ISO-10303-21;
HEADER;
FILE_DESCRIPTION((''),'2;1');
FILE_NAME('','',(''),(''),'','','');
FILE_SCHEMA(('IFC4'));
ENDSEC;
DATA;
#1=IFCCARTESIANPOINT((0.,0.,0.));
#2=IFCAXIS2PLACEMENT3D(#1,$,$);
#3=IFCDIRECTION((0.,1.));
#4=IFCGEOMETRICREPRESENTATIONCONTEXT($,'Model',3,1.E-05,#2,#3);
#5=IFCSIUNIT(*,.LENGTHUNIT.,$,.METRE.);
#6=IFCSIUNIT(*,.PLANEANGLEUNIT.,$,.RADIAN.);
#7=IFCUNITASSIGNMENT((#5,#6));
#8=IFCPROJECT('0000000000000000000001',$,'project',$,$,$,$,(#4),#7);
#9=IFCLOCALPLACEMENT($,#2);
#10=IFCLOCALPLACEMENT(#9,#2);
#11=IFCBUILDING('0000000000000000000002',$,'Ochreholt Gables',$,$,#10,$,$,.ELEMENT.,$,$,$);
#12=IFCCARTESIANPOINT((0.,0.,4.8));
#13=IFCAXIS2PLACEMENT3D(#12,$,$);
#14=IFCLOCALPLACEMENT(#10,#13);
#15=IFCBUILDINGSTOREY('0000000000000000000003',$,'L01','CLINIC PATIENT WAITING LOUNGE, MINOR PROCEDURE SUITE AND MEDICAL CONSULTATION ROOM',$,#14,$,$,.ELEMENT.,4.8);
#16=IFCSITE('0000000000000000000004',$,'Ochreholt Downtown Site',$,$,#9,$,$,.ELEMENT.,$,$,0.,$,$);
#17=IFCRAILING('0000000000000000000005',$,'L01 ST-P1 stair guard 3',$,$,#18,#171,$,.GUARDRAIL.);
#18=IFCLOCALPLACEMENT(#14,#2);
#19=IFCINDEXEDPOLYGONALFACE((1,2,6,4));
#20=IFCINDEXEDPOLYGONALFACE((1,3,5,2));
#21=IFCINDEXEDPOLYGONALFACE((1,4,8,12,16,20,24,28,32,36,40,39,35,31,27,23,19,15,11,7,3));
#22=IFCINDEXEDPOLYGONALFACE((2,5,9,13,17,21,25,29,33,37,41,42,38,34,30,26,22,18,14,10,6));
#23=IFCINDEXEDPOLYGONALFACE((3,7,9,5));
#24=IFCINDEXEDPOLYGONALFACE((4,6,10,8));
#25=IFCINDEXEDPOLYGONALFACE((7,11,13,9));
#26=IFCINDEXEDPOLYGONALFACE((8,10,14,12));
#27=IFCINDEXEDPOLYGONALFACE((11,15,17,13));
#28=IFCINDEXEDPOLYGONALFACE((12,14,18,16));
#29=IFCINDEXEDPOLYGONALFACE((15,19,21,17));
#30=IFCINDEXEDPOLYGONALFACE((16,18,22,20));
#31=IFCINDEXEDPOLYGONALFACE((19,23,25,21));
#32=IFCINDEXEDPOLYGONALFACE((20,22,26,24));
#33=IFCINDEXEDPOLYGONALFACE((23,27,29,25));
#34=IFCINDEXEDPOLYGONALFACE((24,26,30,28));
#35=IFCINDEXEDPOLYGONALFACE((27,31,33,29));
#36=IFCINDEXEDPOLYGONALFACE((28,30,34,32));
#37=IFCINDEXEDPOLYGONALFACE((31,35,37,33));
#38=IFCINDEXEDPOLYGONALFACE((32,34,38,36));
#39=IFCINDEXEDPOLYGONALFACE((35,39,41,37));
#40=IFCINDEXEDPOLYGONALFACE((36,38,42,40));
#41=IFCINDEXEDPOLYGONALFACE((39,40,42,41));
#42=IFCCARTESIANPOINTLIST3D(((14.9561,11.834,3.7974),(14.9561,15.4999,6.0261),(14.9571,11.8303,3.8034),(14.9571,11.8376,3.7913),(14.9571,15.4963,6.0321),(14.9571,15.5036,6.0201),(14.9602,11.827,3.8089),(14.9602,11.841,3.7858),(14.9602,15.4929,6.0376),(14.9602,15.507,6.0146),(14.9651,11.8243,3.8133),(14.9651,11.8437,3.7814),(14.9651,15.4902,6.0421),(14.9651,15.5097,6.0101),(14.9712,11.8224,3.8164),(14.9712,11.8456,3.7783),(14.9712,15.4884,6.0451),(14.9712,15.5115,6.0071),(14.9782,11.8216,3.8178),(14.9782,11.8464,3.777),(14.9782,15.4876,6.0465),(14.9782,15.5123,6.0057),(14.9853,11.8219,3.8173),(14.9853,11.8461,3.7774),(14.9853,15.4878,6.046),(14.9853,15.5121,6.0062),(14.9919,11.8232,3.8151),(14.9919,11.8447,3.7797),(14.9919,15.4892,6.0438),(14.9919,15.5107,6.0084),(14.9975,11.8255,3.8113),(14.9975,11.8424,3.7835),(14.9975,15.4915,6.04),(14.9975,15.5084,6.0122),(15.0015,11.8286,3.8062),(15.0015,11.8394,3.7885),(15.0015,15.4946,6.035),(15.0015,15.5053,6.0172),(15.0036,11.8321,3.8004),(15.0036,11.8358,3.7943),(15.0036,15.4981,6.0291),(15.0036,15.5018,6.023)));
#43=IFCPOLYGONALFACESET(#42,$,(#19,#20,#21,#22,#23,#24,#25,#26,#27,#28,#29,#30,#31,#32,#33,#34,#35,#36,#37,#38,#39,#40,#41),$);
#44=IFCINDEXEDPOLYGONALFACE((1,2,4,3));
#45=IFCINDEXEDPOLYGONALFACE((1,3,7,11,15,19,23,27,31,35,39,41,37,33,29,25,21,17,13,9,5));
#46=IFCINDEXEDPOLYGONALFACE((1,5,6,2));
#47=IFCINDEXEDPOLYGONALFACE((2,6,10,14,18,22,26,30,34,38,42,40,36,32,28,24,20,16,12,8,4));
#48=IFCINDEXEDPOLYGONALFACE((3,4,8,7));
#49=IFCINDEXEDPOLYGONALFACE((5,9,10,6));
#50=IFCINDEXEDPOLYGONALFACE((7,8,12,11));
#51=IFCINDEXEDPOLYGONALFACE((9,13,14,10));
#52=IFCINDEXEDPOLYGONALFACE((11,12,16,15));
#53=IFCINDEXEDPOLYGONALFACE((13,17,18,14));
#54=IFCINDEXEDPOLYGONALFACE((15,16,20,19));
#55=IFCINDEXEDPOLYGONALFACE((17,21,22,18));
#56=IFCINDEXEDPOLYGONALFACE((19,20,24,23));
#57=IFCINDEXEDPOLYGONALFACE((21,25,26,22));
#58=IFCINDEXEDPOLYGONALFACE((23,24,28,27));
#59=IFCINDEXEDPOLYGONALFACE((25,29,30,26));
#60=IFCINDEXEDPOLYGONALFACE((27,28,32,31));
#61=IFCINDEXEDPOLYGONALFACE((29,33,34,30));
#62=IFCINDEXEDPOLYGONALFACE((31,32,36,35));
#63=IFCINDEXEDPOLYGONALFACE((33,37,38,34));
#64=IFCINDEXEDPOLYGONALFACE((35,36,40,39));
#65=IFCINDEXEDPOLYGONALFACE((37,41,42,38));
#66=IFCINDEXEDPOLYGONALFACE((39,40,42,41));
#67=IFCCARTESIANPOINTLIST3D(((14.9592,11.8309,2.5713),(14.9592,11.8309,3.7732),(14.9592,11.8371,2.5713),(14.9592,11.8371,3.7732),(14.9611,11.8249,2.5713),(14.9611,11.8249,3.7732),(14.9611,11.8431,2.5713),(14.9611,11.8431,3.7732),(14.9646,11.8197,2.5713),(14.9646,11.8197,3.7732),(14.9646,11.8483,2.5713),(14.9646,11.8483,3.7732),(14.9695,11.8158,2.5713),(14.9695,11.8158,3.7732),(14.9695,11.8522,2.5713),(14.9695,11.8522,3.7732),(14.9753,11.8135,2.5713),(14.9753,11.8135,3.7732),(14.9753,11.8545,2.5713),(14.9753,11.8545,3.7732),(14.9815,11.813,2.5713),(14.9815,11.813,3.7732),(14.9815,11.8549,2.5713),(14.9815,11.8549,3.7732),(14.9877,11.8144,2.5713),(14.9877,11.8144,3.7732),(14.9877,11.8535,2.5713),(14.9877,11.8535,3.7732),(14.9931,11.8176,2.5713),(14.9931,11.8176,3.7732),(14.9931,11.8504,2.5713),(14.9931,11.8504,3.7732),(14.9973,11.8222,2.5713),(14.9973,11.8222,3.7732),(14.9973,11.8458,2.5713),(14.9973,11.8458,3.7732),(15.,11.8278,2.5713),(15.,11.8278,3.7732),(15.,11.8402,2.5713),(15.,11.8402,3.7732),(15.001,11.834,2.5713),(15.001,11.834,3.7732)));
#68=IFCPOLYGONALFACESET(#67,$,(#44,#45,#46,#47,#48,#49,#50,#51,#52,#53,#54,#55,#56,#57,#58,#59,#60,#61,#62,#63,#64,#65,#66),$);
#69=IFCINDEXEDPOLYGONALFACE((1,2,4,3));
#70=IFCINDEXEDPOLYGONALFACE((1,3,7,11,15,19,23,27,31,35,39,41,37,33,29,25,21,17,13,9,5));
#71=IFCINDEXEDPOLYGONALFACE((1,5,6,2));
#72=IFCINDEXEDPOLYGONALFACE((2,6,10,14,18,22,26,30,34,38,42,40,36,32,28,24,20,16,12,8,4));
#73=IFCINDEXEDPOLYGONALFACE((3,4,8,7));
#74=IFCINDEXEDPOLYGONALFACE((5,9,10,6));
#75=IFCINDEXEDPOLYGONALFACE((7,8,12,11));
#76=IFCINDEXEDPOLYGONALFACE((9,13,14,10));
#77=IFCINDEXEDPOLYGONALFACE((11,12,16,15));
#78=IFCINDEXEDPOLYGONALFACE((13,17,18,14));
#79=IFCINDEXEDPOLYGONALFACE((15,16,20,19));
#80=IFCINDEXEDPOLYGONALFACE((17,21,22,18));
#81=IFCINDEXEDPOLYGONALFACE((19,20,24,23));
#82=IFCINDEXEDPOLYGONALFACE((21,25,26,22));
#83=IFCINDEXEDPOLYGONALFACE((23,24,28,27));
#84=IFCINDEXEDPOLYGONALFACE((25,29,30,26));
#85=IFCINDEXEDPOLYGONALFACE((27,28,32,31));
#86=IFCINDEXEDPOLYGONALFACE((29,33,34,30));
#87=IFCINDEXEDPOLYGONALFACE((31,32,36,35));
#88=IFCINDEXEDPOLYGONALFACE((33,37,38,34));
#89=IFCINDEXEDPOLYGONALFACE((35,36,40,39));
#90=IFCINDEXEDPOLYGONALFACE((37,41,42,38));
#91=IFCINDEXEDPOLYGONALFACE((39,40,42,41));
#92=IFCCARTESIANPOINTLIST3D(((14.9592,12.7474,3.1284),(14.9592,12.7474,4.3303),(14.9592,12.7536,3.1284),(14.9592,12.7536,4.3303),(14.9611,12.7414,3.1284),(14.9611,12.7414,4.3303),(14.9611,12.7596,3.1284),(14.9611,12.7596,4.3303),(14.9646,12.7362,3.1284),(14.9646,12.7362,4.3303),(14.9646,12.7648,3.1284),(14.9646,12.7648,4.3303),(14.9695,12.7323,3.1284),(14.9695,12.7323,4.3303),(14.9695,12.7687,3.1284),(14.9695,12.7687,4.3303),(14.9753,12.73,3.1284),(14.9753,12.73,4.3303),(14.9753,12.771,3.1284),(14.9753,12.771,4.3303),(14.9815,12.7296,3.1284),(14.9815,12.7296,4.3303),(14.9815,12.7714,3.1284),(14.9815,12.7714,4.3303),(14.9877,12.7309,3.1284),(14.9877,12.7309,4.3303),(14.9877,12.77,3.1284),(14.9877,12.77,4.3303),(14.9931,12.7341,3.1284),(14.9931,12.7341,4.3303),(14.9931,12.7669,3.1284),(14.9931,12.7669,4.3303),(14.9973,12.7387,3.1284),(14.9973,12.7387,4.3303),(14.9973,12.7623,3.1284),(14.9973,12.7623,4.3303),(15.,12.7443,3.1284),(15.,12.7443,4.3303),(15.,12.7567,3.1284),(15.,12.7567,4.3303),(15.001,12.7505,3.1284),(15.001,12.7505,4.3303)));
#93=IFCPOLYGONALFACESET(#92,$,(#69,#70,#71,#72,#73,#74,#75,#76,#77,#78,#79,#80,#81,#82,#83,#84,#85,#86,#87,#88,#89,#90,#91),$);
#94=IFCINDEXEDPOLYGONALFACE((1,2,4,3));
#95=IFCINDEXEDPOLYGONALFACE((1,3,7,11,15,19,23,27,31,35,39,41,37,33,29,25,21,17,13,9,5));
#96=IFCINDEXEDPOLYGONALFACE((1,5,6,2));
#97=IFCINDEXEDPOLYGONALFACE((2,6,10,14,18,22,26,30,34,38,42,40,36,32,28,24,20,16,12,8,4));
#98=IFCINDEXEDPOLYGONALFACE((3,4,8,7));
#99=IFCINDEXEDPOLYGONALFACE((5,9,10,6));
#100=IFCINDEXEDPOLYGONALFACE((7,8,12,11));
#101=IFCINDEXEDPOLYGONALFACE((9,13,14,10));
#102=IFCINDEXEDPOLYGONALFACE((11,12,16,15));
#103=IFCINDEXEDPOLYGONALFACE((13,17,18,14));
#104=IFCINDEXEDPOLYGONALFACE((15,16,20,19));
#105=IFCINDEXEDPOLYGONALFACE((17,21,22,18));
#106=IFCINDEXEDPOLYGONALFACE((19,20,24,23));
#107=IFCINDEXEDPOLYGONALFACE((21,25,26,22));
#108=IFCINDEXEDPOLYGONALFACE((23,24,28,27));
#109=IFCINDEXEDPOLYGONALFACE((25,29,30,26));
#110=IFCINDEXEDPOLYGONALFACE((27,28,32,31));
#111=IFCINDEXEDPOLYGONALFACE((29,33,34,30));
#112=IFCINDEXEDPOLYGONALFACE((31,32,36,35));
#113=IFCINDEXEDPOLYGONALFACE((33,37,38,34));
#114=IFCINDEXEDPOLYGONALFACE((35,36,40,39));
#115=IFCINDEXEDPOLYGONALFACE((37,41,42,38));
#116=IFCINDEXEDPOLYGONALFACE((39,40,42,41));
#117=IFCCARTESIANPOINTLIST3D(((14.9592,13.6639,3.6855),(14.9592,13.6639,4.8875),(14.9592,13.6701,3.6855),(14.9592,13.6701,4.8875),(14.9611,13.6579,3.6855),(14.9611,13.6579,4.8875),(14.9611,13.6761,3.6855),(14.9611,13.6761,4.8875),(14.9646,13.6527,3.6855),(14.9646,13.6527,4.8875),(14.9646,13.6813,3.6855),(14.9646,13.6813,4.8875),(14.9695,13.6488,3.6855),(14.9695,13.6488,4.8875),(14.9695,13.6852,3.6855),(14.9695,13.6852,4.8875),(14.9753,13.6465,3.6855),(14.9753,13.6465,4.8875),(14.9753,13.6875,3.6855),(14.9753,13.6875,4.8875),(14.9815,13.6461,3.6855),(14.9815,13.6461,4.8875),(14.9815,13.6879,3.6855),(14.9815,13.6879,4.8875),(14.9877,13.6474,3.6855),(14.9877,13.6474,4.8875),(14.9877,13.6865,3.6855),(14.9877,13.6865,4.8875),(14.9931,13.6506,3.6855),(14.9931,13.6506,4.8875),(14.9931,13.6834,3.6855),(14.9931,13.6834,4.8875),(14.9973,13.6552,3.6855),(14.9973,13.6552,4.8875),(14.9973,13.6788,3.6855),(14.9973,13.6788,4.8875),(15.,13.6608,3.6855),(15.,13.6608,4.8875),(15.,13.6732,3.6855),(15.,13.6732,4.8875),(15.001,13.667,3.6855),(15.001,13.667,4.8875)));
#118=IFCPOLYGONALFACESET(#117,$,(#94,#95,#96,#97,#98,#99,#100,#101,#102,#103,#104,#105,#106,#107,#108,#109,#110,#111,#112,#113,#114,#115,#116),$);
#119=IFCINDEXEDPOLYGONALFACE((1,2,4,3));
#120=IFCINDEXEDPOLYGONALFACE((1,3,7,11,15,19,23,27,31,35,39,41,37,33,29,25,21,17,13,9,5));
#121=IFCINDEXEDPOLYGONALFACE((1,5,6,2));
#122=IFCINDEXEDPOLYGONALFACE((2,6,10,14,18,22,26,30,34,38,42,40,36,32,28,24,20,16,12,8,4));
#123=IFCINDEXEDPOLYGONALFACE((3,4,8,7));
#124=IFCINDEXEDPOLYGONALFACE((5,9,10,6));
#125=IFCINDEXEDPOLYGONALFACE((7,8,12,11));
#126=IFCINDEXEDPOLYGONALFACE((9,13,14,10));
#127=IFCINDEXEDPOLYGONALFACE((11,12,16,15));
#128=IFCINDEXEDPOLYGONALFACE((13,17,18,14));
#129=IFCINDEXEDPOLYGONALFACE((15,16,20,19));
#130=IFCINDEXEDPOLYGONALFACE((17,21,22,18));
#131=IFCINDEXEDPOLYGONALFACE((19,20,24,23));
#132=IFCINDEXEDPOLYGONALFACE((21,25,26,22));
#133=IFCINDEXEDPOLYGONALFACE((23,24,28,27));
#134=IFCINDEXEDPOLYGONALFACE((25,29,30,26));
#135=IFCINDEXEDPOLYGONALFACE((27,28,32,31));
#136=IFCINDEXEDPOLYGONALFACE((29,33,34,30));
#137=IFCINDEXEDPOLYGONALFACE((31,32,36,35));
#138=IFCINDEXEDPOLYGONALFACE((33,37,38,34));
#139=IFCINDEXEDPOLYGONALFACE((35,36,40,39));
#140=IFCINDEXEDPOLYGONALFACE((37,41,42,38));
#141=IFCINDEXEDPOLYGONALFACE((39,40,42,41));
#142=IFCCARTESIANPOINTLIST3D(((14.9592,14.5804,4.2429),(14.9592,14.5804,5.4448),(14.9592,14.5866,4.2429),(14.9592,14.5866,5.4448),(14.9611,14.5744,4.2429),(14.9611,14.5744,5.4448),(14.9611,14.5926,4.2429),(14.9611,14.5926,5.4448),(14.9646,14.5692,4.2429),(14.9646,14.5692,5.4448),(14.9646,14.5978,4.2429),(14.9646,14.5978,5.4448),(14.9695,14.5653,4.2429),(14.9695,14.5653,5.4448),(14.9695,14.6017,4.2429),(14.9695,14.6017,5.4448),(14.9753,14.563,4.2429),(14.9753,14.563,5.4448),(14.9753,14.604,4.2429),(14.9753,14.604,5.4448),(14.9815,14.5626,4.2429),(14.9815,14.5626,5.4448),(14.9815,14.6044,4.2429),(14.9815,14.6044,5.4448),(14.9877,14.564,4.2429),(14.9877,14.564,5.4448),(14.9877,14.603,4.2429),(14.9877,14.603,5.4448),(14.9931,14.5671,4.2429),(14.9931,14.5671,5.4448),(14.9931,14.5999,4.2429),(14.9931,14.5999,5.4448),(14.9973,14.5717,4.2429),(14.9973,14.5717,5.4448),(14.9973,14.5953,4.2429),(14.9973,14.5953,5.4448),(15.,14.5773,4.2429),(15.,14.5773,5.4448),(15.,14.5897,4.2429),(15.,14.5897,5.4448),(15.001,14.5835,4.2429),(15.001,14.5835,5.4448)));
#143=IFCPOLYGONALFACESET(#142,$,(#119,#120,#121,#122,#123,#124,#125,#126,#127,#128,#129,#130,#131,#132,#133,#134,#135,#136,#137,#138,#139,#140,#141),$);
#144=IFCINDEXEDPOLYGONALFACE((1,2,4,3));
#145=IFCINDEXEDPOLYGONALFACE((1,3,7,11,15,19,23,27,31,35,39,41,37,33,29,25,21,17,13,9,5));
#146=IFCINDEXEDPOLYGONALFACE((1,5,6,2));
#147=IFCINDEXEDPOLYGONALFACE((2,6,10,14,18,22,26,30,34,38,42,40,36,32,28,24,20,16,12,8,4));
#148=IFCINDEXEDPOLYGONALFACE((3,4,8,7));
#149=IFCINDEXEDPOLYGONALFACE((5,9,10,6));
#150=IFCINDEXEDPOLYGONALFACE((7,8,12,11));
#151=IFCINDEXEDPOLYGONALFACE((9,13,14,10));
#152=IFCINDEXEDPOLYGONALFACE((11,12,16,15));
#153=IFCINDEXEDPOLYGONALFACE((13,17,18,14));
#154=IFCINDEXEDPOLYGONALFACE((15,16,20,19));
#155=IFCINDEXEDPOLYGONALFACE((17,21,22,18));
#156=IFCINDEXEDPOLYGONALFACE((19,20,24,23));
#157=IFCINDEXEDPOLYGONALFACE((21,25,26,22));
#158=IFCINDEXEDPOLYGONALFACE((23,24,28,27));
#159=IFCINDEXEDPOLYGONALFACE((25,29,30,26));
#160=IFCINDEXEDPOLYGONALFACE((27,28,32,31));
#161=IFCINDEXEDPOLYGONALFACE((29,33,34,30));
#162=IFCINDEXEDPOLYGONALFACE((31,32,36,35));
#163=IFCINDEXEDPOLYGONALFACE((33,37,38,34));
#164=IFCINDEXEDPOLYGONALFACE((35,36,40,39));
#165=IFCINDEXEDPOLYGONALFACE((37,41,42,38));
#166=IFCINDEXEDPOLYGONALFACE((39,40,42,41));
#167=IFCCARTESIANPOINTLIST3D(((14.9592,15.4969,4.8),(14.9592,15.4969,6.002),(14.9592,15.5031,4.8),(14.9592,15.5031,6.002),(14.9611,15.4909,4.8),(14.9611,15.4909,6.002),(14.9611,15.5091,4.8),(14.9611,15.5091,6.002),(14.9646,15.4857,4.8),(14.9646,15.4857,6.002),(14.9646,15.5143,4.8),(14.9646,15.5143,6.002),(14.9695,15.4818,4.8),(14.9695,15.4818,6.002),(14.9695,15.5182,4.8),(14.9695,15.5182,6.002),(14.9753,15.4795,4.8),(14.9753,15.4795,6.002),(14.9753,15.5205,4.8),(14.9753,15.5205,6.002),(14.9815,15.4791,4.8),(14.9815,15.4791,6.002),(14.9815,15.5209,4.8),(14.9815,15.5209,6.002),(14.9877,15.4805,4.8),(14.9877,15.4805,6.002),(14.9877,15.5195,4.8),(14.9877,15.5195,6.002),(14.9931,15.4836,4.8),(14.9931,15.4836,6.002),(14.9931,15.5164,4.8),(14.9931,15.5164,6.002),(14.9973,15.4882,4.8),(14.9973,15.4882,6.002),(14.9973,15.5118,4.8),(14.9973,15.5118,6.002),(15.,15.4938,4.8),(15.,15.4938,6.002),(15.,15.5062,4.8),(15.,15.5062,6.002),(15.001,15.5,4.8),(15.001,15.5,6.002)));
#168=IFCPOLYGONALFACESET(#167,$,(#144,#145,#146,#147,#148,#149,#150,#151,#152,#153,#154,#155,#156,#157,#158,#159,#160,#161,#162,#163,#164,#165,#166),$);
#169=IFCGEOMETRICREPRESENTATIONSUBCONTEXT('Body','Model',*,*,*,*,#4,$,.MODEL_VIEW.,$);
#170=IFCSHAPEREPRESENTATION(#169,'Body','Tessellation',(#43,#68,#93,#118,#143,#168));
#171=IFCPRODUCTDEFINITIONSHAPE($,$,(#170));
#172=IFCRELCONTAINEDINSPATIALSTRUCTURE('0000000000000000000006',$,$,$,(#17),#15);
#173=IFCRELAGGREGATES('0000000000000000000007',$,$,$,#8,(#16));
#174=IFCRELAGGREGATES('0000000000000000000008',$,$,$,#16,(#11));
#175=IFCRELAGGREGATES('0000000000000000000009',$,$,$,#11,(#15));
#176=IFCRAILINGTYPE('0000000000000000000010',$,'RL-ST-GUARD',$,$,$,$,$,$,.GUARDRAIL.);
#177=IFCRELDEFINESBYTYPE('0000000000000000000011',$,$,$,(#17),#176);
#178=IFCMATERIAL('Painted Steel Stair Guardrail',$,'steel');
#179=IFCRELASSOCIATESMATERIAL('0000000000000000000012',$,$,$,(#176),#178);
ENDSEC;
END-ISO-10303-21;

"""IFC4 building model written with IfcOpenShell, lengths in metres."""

from ifc_helpers import new_model, si_unit, direction, frame, origin, origin_2d, place, context, subcontext, project, spatial, circle, extrude, material, type_object, element, save


model = new_model("IFC4")

# Units and contexts
model_context = context("Model", 3, precision=1e-05, world=origin(), true_north=direction((0.0, 1.0)))
body_context = subcontext(model_context, "Body", "Model", "MODEL_VIEW")
ifc_project = project(units=[si_unit("LENGTHUNIT", "METRE"), si_unit("PLANEANGLEUNIT", "RADIAN")], contexts=[model_context])

# Site, building, storey
site_placement = place(None, origin())
site = spatial("IfcSite", under=ifc_project, at=site_placement, Name="Ochreholt Downtown Site", CompositionType="ELEMENT", RefElevation=0.0)
building_placement = place(site_placement, origin())
building = spatial("IfcBuilding", under=site, at=building_placement, Name="Ochreholt Gables", CompositionType="ELEMENT")
storey_placement = place(building_placement, frame((0.0, 0.0, 4.8)))
storey = spatial("IfcBuildingStorey", under=building, at=storey_placement, Name="L01", Description="CLINIC PATIENT WAITING LOUNGE, MINOR PROCEDURE SUITE AND MEDICAL CONSULTATION ROOM", CompositionType="ELEMENT", Elevation=4.8)

# Railing
ifc_material_1 = material(Name="Painted Steel Stair Guardrail", Category="steel")
railing_type_1 = type_object("IfcRailingType", Name="RL-ST-GUARD", PredefinedType="GUARDRAIL", material=ifc_material_1)
railing_1_placement = place(storey_placement, frame((14.98, 11.834, 2.5713)))
element("IfcRailing", 1, at=railing_1_placement, inside=storey, type_object=railing_type_1, Name="L01 ST-P1 stair guard 3", PredefinedType="GUARDRAIL", context=body_context, shape_type="SweptSolid", body=[
    extrude(circle(Radius=0.0239, at=origin_2d()), frame((0.0, 0.0, 1.2261), z_axis=(0.0, 0.854481, 0.519483), x_axis=(-1.0, 0.0, 0.0)), (0.0, 0.0, 1.0), 4.2903),
    extrude(circle(Radius=0.021, at=origin_2d()), origin(), (0.0, 0.0, 1.0), 1.2019),
    extrude(circle(Radius=0.021, at=origin_2d()), frame((0.0, 0.9165, 0.5571)), (0.0, 0.0, 1.0), 1.2019),
    extrude(circle(Radius=0.021, at=origin_2d()), frame((0.0, 1.833, 1.1143)), (0.0, 0.0, 1.0), 1.2019),
    extrude(circle(Radius=0.021, at=origin_2d()), frame((0.0, 2.7495, 1.6716)), (0.0, 0.0, 1.0), 1.2019),
    extrude(circle(Radius=0.021, at=origin_2d()), frame((0.0, 3.666, 2.2288)), (0.0, 0.0, 1.0), 1.2019),
])

save(model, "model.ifc")
